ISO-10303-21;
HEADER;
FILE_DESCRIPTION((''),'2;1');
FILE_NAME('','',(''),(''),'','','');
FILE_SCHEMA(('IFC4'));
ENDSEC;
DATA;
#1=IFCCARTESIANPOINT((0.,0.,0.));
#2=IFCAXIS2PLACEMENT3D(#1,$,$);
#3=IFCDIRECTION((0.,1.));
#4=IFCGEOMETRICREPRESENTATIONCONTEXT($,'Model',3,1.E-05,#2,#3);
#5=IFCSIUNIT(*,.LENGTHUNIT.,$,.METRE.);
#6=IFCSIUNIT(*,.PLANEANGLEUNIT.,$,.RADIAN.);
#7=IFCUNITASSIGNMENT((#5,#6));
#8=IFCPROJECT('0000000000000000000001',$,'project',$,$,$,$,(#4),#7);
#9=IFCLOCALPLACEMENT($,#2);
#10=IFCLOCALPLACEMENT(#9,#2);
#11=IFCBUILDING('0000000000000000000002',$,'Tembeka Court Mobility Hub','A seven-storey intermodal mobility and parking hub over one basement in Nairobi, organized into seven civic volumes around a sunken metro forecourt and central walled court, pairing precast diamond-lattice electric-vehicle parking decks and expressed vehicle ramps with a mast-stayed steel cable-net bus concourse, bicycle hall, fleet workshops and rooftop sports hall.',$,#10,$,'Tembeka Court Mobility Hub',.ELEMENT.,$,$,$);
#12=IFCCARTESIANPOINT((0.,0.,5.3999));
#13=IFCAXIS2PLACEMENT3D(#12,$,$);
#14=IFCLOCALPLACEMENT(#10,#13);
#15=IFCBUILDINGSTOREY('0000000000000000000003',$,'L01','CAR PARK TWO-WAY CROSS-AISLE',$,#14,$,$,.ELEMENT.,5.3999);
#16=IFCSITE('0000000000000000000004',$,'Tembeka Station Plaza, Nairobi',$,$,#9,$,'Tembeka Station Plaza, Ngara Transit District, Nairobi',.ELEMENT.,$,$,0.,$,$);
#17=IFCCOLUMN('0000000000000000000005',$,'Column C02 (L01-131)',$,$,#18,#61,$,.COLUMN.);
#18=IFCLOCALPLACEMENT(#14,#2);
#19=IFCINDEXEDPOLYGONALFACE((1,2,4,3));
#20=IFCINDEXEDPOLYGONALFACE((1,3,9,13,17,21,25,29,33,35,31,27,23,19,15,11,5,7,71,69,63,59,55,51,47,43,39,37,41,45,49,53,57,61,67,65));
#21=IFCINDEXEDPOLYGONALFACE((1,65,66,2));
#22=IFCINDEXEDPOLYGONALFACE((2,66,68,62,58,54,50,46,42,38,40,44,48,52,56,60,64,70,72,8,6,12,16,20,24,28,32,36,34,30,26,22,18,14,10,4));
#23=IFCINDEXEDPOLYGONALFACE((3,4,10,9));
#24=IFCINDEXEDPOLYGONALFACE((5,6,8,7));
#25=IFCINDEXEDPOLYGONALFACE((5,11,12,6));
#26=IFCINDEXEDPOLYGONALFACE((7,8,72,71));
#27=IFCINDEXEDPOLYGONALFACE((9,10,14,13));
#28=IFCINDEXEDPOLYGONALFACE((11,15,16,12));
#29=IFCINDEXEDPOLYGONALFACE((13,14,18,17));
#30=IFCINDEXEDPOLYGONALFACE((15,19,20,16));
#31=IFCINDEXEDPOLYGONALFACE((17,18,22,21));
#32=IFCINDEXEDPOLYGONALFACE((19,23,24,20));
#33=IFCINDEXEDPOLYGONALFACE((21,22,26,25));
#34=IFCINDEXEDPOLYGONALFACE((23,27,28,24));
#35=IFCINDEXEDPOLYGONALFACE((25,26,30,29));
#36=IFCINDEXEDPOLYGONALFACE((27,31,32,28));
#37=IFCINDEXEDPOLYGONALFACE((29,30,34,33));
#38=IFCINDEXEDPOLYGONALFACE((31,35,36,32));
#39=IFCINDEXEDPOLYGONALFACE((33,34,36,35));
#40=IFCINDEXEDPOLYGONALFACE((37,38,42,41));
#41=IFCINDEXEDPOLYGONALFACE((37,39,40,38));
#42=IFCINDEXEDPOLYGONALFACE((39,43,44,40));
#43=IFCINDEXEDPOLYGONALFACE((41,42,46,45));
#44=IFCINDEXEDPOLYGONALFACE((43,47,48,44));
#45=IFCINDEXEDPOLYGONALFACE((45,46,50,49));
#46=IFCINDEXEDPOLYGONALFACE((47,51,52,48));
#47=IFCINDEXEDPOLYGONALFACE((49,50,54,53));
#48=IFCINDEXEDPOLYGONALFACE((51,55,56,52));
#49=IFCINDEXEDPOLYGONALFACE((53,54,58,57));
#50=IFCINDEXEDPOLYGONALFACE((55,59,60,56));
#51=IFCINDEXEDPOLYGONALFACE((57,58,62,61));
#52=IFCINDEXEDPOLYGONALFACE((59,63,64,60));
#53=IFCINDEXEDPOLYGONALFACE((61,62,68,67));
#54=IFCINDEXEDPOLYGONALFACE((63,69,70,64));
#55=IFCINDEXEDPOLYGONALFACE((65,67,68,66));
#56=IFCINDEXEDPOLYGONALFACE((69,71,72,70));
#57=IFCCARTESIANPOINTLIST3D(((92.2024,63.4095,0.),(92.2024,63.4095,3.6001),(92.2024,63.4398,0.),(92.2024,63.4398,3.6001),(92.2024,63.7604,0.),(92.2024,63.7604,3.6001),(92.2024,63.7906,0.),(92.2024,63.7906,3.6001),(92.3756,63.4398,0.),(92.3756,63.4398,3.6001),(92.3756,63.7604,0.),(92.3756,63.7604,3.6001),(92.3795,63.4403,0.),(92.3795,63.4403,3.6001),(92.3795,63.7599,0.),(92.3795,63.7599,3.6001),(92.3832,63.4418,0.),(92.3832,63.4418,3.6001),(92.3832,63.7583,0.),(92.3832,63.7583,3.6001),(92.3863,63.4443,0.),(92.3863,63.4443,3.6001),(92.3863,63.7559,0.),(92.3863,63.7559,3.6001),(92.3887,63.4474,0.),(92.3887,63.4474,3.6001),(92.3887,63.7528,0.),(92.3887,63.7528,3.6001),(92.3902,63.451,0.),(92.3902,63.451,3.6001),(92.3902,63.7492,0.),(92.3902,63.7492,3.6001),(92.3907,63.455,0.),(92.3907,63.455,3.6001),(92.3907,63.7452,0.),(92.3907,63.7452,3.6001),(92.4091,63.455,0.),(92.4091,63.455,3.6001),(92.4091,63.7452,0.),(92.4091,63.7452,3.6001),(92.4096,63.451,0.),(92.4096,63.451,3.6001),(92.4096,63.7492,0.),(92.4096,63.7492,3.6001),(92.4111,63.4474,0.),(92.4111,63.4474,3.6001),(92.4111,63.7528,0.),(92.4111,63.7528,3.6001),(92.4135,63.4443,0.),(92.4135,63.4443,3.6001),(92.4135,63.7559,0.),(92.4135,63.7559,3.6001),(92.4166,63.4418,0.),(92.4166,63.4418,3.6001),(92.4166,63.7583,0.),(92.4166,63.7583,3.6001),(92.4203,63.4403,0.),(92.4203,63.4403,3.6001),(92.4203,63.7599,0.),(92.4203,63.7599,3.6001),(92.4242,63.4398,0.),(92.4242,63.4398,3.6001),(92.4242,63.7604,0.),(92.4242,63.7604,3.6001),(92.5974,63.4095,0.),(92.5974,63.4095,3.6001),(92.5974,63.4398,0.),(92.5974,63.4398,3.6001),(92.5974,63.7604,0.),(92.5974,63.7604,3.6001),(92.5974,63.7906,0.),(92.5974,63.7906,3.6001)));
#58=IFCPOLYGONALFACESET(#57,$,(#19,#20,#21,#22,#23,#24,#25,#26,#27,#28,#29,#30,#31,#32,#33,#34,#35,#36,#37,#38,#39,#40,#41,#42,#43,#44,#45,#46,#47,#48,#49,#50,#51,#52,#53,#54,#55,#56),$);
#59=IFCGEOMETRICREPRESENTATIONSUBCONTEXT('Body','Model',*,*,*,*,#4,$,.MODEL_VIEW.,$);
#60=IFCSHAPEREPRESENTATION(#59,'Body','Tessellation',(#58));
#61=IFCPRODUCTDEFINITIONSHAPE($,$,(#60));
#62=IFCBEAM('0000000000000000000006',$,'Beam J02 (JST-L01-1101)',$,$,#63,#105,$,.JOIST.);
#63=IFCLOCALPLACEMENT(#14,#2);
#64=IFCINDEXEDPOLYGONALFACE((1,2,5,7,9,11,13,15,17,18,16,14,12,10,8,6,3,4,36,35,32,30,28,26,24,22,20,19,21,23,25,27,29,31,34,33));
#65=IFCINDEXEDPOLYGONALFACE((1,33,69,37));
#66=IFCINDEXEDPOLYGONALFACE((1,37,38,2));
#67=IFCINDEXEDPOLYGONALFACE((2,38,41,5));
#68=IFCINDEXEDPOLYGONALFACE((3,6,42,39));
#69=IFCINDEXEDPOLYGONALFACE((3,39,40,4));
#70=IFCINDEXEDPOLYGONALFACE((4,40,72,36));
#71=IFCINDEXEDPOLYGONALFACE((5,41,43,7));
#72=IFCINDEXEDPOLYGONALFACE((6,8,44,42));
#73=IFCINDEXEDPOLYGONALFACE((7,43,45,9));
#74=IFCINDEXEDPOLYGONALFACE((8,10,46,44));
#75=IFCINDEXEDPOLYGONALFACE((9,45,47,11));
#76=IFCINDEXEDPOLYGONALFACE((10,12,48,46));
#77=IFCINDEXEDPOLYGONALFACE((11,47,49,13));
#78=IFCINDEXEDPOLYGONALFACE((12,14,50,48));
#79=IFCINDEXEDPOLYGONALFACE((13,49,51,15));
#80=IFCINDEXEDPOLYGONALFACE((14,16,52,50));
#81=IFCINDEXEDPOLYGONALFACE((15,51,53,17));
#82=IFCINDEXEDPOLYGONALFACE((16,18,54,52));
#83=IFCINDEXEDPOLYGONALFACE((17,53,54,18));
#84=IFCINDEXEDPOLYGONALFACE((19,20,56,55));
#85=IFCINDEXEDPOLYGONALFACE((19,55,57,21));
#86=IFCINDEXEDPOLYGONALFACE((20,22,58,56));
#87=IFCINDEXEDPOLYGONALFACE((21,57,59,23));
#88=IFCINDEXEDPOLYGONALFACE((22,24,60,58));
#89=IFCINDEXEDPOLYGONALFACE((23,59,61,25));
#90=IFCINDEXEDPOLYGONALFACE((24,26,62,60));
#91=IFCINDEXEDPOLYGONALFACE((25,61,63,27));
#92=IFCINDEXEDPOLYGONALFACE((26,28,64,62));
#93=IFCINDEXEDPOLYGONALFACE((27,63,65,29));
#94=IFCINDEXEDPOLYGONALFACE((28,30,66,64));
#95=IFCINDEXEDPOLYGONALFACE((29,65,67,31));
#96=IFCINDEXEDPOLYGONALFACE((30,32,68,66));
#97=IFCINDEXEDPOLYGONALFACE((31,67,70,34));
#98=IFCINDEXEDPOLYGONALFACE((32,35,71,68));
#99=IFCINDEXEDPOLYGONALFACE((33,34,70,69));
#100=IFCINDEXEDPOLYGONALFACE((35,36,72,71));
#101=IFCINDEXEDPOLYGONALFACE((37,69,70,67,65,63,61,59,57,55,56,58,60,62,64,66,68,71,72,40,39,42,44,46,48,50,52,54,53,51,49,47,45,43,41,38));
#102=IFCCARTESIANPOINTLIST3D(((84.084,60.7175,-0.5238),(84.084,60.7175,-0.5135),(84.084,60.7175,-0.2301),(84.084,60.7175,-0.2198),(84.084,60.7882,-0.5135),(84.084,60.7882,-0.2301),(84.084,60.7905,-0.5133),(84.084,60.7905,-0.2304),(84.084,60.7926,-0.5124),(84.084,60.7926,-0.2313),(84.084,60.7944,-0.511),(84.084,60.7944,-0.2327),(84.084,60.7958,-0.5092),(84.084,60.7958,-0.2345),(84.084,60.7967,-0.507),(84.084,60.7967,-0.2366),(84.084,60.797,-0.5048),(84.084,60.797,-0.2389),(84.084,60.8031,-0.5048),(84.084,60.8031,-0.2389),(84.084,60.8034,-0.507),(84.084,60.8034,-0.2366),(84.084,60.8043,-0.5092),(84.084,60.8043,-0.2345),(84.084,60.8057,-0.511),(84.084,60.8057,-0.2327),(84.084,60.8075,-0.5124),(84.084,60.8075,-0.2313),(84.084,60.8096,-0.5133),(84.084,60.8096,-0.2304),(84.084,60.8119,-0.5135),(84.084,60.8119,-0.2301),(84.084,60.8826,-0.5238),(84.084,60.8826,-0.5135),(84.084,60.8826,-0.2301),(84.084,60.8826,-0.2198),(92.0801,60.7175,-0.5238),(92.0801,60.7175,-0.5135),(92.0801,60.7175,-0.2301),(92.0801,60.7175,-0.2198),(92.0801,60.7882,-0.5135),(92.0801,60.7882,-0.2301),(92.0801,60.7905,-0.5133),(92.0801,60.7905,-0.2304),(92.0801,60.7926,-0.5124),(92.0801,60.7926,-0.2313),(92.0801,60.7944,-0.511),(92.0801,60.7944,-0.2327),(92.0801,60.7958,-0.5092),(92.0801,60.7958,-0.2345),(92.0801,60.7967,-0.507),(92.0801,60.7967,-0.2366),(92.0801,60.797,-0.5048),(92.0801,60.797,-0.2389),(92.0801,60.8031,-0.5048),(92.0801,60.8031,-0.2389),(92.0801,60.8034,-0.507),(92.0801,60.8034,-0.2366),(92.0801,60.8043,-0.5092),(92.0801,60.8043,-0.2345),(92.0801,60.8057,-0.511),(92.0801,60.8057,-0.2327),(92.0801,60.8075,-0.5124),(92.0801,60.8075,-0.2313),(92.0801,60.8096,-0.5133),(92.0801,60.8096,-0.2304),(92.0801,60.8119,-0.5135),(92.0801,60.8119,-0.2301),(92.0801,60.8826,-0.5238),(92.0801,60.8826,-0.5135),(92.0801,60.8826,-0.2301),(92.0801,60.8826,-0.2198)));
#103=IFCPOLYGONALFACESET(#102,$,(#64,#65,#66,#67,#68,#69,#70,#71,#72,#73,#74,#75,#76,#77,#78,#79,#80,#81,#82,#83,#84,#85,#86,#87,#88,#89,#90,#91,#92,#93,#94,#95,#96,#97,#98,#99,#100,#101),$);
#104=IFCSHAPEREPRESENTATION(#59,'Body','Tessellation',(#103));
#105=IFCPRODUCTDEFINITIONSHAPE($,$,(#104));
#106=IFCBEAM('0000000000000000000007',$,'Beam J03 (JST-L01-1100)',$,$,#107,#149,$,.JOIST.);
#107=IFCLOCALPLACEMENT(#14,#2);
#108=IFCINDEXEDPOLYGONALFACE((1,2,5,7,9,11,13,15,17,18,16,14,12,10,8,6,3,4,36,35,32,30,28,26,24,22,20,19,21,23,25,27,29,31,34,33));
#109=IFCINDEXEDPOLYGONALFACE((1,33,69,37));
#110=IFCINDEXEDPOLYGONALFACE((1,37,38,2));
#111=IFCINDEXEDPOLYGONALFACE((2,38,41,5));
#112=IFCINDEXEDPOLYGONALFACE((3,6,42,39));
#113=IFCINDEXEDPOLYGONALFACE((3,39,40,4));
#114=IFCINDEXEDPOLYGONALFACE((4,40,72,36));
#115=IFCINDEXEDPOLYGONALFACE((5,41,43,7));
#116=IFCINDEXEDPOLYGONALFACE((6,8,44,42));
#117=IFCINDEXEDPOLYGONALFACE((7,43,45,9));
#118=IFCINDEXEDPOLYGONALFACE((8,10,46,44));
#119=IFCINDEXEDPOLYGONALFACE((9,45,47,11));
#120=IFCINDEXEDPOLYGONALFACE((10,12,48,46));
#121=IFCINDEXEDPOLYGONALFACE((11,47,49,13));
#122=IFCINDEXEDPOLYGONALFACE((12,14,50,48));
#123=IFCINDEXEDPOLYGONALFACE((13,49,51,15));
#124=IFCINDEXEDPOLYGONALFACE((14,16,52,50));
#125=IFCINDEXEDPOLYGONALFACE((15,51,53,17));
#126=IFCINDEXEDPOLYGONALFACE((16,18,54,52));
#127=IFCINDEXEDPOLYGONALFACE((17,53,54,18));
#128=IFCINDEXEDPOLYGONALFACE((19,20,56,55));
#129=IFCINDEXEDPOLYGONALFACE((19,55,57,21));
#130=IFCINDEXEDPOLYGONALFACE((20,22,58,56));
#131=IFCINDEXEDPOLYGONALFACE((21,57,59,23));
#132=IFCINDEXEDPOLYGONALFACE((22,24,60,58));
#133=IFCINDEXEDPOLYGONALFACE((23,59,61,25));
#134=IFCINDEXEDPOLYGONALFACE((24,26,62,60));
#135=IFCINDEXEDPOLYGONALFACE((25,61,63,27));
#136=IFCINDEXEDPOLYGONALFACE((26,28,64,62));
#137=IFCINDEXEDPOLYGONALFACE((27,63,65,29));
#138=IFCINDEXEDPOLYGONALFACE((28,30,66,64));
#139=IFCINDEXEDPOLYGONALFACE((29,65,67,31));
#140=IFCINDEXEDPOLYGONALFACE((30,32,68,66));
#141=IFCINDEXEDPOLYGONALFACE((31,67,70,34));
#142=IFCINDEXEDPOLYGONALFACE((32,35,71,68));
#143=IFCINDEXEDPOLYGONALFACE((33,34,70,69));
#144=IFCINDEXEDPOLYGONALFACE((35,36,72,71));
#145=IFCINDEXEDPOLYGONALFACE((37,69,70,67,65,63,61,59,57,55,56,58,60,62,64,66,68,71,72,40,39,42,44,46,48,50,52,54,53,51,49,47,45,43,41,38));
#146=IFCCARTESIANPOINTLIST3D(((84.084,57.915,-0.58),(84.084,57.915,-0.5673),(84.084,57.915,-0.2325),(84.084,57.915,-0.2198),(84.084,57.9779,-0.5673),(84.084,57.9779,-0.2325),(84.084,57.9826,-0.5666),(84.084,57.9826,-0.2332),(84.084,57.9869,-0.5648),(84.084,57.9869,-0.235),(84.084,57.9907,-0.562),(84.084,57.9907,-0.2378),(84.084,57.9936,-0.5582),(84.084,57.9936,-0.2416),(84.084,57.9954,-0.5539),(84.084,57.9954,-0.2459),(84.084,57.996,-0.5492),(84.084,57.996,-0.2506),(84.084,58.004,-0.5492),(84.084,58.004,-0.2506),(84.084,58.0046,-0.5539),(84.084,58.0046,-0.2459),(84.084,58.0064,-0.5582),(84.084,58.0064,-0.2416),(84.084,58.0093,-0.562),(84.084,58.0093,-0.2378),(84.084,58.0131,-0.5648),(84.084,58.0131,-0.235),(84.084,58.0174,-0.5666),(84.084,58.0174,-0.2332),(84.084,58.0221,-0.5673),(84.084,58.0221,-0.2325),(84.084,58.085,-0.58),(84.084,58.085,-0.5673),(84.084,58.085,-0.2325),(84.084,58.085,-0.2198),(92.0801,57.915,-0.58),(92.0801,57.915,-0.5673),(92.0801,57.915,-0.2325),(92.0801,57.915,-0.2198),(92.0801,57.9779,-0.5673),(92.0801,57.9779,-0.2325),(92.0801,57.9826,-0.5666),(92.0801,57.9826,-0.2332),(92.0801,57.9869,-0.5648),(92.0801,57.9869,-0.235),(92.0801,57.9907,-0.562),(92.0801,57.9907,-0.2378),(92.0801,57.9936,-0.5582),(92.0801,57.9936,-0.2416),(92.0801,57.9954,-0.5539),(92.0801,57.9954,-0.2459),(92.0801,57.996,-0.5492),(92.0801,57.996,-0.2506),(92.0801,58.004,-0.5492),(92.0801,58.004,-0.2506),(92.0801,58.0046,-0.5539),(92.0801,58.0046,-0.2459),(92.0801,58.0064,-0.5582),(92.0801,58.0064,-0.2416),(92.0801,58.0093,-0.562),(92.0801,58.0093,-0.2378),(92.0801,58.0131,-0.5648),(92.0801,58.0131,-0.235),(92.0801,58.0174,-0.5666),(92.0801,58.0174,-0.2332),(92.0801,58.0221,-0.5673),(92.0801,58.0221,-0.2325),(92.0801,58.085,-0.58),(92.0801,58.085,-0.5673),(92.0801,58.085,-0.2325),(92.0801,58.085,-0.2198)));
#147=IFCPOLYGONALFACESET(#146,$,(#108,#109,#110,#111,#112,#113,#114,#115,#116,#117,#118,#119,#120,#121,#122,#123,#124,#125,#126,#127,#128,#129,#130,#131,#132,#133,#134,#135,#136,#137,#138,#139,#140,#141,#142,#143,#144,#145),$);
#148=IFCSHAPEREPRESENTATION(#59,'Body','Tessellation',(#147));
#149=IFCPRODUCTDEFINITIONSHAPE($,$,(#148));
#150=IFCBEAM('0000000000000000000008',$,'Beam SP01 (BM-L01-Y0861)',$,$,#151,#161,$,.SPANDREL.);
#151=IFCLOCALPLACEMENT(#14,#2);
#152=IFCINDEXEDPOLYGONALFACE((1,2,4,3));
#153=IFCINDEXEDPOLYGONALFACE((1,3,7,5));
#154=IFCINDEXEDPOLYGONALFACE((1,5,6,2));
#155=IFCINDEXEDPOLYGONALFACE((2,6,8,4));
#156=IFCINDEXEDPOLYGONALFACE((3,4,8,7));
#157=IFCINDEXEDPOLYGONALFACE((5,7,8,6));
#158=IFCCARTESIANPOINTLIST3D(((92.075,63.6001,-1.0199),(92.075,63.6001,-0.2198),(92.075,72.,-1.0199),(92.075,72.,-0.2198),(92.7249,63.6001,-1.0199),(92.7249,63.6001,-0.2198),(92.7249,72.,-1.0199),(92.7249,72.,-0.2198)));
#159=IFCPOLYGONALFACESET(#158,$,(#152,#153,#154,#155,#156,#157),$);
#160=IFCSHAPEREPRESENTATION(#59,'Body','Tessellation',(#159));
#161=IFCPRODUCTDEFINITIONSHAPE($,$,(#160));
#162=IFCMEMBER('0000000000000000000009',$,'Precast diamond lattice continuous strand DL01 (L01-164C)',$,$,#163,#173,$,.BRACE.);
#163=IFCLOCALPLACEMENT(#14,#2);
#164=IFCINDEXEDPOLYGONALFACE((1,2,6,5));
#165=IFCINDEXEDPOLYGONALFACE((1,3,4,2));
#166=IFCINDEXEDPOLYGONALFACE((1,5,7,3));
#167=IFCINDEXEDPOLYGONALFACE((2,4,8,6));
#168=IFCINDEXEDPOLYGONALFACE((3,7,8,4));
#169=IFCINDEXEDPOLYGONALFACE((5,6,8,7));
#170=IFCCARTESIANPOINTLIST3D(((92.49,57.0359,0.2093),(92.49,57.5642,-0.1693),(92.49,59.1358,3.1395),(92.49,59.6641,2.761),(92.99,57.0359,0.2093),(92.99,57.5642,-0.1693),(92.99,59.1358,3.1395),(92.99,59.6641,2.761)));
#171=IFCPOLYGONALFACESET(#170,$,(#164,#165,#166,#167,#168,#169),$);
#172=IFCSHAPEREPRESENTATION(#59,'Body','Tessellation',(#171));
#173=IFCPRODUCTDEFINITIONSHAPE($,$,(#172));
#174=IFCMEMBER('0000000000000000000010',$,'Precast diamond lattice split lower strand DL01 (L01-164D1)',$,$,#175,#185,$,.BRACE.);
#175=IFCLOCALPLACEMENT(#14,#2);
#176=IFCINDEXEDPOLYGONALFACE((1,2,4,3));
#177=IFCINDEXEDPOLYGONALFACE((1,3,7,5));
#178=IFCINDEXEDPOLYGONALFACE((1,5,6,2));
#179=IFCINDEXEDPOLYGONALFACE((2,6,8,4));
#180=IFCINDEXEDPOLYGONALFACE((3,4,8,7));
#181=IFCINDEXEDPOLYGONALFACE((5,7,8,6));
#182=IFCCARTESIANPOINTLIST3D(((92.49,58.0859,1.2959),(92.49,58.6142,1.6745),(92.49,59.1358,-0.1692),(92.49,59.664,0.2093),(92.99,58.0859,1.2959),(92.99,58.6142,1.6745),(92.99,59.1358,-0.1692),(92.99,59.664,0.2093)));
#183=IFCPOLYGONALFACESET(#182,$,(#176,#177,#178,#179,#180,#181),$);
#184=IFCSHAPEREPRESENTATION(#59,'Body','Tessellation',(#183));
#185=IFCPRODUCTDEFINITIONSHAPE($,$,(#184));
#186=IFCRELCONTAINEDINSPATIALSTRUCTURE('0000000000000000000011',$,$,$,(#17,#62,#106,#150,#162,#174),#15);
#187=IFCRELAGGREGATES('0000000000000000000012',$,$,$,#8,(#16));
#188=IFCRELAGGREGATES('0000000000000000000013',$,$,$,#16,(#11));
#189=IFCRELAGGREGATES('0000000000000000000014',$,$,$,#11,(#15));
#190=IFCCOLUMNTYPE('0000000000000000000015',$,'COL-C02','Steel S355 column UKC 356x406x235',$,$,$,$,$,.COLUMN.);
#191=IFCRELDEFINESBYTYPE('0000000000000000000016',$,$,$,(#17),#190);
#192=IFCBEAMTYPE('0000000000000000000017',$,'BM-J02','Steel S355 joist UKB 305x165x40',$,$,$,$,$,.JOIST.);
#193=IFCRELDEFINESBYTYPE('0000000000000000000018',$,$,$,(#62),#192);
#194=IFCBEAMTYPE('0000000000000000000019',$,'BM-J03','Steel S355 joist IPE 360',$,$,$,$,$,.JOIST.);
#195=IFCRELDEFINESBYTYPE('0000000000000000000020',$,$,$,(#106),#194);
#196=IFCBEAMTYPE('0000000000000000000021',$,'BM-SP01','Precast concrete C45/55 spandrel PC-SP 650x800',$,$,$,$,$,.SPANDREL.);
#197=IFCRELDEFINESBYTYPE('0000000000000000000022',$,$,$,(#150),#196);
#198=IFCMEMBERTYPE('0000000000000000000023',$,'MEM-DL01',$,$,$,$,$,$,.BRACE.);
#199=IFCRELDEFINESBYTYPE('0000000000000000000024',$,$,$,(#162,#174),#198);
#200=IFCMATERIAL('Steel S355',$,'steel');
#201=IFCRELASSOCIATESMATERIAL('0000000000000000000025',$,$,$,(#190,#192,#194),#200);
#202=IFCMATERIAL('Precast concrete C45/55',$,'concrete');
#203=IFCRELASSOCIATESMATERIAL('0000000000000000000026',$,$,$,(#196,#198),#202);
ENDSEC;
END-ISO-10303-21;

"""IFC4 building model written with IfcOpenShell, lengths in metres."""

from ifc_helpers import new_model, si_unit, direction, frame, origin, origin_2d, place, context, subcontext, project, spatial, rectangle, i_section, extrude, material, material_profile, profile_set, type_object, element, save


model = new_model("IFC4")

# Units and contexts
model_context = context("Model", 3, precision=1e-05, world=origin(), true_north=direction((0.0, 1.0)))
body_context = subcontext(model_context, "Body", "Model", "MODEL_VIEW")
ifc_project = project(units=[si_unit("LENGTHUNIT", "METRE"), si_unit("PLANEANGLEUNIT", "RADIAN")], contexts=[model_context])

# Site, building, storey
site_placement = place(None, origin())
site = spatial("IfcSite", under=ifc_project, at=site_placement, Name="Tembeka Station Plaza, Nairobi", LongName="Tembeka Station Plaza, Ngara Transit District, Nairobi", CompositionType="ELEMENT", RefElevation=0.0)
building_placement = place(site_placement, origin())
building = spatial("IfcBuilding", under=site, at=building_placement, Name="Tembeka Court Mobility Hub", Description="A seven-storey intermodal mobility and parking hub over one basement in Nairobi, organized into seven civic volumes around a sunken metro forecourt and central walled court, pairing precast diamond-lattice electric-vehicle parking decks and expressed vehicle ramps with a mast-stayed steel cable-net bus concourse, bicycle hall, fleet workshops and rooftop sports hall.", LongName="Tembeka Court Mobility Hub", CompositionType="ELEMENT")
storey_placement = place(building_placement, frame((0.0, 0.0, 5.3999)))
storey = spatial("IfcBuildingStorey", under=building, at=storey_placement, Name="L01", Description="CAR PARK TWO-WAY CROSS-AISLE", CompositionType="ELEMENT", Elevation=5.3999)

# Column
ifc_material_1 = material(Name="Steel S355", Category="steel")
ifc_material_profile_1 = material_profile(ifc_material_1, i_section(OverallWidth=0.395, OverallDepth=0.3811, WebThickness=0.0183, FlangeThickness=0.0303, FilletRadius=0.0151, at=origin_2d()), Name="UKC 356x406x235")
ifc_profile_set_1 = profile_set([ifc_material_profile_1], Name="Steel S355")
column_type = type_object("IfcColumnType", Name="COL-C02", Description="Steel S355 column UKC 356x406x235", PredefinedType="COLUMN", material=ifc_profile_set_1)
column_placement = place(storey_placement, frame((92.3999, 63.6001, 0.0), z_axis=(0.0, 0.0, 1.0), x_axis=(1.0, 0.0, 0.0)))
element("IfcColumn", 1, at=column_placement, inside=storey, type_object=column_type, Name="Column C02 (L01-131)", PredefinedType="COLUMN", context=body_context, shape_type="SweptSolid", body=[
    extrude(i_section(OverallWidth=0.395, OverallDepth=0.3811, WebThickness=0.0183, FlangeThickness=0.0303, FilletRadius=0.0151, at=origin_2d()), origin(), (0.0, 0.0, 1.0), 3.6001),
])

# Beams
ifc_material_profile_2 = material_profile(ifc_material_1, i_section(OverallWidth=0.165, OverallDepth=0.304, WebThickness=0.0061, FlangeThickness=0.0103, FilletRadius=0.0088, at=origin_2d()), Name="UKB 305x165x40")
ifc_profile_set_2 = profile_set([ifc_material_profile_2], Name="Steel S355")
beam_type_1 = type_object("IfcBeamType", Name="BM-J02", Description="Steel S355 joist UKB 305x165x40", PredefinedType="JOIST", material=ifc_profile_set_2)
beam_1_placement = place(storey_placement, frame((84.084, 60.8, -0.3718), z_axis=(1.0, 0.0, 0.0), x_axis=(0.0, 1.0, 0.0)))
element("IfcBeam", 2, at=beam_1_placement, inside=storey, type_object=beam_type_1, Name="Beam J02 (JST-L01-1101)", PredefinedType="JOIST", context=body_context, shape_type="SweptSolid", body=[
    extrude(i_section(OverallWidth=0.165, OverallDepth=0.304, WebThickness=0.0061, FlangeThickness=0.0103, FilletRadius=0.0088, at=origin_2d()), origin(), (0.0, 0.0, 1.0), 7.9961),
])
ifc_material_profile_3 = material_profile(ifc_material_1, i_section(OverallWidth=0.1699, OverallDepth=0.3601, WebThickness=0.0081, FlangeThickness=0.0127, FilletRadius=0.0181, at=origin_2d()), Name="IPE 360")
ifc_profile_set_3 = profile_set([ifc_material_profile_3], Name="Steel S355")
beam_type_2 = type_object("IfcBeamType", Name="BM-J03", Description="Steel S355 joist IPE 360", PredefinedType="JOIST", material=ifc_profile_set_3)
beam_2_placement = place(storey_placement, frame((84.084, 58.0, -0.3999), z_axis=(1.0, 0.0, 0.0), x_axis=(0.0, 1.0, 0.0)))
element("IfcBeam", 3, at=beam_2_placement, inside=storey, type_object=beam_type_2, Name="Beam J03 (JST-L01-1100)", PredefinedType="JOIST", context=body_context, shape_type="SweptSolid", body=[
    extrude(i_section(OverallWidth=0.1699, OverallDepth=0.3601, WebThickness=0.0081, FlangeThickness=0.0127, FilletRadius=0.0181, at=origin_2d()), origin(), (0.0, 0.0, 1.0), 7.9961),
])
ifc_material_2 = material(Name="Precast concrete C45/55", Category="concrete")
ifc_material_profile_4 = material_profile(ifc_material_2, rectangle(XDim=0.6499, YDim=0.8, at=origin_2d()), Name="PC-SP 650x800")
ifc_profile_set_4 = profile_set([ifc_material_profile_4], Name="Precast concrete C45/55")
beam_type_3 = type_object("IfcBeamType", Name="BM-SP01", Description="Precast concrete C45/55 spandrel PC-SP 650x800", PredefinedType="SPANDREL", material=ifc_profile_set_4)
beam_3_placement = place(storey_placement, frame((92.3999, 63.6001, -0.6199), z_axis=(0.0, 1.0, 0.0), x_axis=(-1.0, 0.0, 0.0)))
element("IfcBeam", 4, at=beam_3_placement, inside=storey, type_object=beam_type_3, Name="Beam SP01 (BM-L01-Y0861)", PredefinedType="SPANDREL", context=body_context, shape_type="SweptSolid", body=[
    extrude(rectangle(XDim=0.6499, YDim=0.8, at=origin_2d()), origin(), (0.0, 0.0, 1.0), 8.3999),
])

# Members
ifc_material_profile_5 = material_profile(ifc_material_2, rectangle(XDim=0.5, YDim=0.6499, at=origin_2d()), Name="PC-DIAG 500x650")
ifc_profile_set_5 = profile_set([ifc_material_profile_5], Name="Precast concrete C45/55")
member_type_1 = type_object("IfcMemberType", Name="MEM-DL01", PredefinedType="BRACE", material=ifc_profile_set_5)
member_1_placement = place(storey_placement, frame((92.74, 57.3, 0.02), z_axis=(0.0, 0.5825, 0.812831), x_axis=(-1.0, 0.0, 0.0)))
element("IfcMember", 5, at=member_1_placement, inside=storey, type_object=member_type_1, Name="Precast diamond lattice continuous strand DL01 (L01-164C)", PredefinedType="BRACE", context=body_context, shape_type="SweptSolid", body=[
    extrude(rectangle(XDim=0.5, YDim=0.6499, at=origin_2d()), origin(), (0.0, 0.0, 1.0), 3.605),
])
for number, where, z_axis, x_axis, name in (
    (6, (92.74, 59.3999, 0.02), (0.0, -0.582455, 0.812863), (1.0, 0.0, 0.0), "Precast diamond lattice split lower strand DL01 (L01-164D1)"),
):
    element("IfcMember", number, at=place(storey_placement, frame(where, z_axis=z_axis, x_axis=x_axis)), inside=storey, type_object=member_type_1, Name=name, PredefinedType="BRACE", context=body_context, shape_type="SweptSolid", body=[
        extrude(rectangle(XDim=0.5, YDim=0.6499, at=origin_2d()), origin(), (0.0, 0.0, 1.0), 1.8025),
    ])

save(model, "model.ifc")
